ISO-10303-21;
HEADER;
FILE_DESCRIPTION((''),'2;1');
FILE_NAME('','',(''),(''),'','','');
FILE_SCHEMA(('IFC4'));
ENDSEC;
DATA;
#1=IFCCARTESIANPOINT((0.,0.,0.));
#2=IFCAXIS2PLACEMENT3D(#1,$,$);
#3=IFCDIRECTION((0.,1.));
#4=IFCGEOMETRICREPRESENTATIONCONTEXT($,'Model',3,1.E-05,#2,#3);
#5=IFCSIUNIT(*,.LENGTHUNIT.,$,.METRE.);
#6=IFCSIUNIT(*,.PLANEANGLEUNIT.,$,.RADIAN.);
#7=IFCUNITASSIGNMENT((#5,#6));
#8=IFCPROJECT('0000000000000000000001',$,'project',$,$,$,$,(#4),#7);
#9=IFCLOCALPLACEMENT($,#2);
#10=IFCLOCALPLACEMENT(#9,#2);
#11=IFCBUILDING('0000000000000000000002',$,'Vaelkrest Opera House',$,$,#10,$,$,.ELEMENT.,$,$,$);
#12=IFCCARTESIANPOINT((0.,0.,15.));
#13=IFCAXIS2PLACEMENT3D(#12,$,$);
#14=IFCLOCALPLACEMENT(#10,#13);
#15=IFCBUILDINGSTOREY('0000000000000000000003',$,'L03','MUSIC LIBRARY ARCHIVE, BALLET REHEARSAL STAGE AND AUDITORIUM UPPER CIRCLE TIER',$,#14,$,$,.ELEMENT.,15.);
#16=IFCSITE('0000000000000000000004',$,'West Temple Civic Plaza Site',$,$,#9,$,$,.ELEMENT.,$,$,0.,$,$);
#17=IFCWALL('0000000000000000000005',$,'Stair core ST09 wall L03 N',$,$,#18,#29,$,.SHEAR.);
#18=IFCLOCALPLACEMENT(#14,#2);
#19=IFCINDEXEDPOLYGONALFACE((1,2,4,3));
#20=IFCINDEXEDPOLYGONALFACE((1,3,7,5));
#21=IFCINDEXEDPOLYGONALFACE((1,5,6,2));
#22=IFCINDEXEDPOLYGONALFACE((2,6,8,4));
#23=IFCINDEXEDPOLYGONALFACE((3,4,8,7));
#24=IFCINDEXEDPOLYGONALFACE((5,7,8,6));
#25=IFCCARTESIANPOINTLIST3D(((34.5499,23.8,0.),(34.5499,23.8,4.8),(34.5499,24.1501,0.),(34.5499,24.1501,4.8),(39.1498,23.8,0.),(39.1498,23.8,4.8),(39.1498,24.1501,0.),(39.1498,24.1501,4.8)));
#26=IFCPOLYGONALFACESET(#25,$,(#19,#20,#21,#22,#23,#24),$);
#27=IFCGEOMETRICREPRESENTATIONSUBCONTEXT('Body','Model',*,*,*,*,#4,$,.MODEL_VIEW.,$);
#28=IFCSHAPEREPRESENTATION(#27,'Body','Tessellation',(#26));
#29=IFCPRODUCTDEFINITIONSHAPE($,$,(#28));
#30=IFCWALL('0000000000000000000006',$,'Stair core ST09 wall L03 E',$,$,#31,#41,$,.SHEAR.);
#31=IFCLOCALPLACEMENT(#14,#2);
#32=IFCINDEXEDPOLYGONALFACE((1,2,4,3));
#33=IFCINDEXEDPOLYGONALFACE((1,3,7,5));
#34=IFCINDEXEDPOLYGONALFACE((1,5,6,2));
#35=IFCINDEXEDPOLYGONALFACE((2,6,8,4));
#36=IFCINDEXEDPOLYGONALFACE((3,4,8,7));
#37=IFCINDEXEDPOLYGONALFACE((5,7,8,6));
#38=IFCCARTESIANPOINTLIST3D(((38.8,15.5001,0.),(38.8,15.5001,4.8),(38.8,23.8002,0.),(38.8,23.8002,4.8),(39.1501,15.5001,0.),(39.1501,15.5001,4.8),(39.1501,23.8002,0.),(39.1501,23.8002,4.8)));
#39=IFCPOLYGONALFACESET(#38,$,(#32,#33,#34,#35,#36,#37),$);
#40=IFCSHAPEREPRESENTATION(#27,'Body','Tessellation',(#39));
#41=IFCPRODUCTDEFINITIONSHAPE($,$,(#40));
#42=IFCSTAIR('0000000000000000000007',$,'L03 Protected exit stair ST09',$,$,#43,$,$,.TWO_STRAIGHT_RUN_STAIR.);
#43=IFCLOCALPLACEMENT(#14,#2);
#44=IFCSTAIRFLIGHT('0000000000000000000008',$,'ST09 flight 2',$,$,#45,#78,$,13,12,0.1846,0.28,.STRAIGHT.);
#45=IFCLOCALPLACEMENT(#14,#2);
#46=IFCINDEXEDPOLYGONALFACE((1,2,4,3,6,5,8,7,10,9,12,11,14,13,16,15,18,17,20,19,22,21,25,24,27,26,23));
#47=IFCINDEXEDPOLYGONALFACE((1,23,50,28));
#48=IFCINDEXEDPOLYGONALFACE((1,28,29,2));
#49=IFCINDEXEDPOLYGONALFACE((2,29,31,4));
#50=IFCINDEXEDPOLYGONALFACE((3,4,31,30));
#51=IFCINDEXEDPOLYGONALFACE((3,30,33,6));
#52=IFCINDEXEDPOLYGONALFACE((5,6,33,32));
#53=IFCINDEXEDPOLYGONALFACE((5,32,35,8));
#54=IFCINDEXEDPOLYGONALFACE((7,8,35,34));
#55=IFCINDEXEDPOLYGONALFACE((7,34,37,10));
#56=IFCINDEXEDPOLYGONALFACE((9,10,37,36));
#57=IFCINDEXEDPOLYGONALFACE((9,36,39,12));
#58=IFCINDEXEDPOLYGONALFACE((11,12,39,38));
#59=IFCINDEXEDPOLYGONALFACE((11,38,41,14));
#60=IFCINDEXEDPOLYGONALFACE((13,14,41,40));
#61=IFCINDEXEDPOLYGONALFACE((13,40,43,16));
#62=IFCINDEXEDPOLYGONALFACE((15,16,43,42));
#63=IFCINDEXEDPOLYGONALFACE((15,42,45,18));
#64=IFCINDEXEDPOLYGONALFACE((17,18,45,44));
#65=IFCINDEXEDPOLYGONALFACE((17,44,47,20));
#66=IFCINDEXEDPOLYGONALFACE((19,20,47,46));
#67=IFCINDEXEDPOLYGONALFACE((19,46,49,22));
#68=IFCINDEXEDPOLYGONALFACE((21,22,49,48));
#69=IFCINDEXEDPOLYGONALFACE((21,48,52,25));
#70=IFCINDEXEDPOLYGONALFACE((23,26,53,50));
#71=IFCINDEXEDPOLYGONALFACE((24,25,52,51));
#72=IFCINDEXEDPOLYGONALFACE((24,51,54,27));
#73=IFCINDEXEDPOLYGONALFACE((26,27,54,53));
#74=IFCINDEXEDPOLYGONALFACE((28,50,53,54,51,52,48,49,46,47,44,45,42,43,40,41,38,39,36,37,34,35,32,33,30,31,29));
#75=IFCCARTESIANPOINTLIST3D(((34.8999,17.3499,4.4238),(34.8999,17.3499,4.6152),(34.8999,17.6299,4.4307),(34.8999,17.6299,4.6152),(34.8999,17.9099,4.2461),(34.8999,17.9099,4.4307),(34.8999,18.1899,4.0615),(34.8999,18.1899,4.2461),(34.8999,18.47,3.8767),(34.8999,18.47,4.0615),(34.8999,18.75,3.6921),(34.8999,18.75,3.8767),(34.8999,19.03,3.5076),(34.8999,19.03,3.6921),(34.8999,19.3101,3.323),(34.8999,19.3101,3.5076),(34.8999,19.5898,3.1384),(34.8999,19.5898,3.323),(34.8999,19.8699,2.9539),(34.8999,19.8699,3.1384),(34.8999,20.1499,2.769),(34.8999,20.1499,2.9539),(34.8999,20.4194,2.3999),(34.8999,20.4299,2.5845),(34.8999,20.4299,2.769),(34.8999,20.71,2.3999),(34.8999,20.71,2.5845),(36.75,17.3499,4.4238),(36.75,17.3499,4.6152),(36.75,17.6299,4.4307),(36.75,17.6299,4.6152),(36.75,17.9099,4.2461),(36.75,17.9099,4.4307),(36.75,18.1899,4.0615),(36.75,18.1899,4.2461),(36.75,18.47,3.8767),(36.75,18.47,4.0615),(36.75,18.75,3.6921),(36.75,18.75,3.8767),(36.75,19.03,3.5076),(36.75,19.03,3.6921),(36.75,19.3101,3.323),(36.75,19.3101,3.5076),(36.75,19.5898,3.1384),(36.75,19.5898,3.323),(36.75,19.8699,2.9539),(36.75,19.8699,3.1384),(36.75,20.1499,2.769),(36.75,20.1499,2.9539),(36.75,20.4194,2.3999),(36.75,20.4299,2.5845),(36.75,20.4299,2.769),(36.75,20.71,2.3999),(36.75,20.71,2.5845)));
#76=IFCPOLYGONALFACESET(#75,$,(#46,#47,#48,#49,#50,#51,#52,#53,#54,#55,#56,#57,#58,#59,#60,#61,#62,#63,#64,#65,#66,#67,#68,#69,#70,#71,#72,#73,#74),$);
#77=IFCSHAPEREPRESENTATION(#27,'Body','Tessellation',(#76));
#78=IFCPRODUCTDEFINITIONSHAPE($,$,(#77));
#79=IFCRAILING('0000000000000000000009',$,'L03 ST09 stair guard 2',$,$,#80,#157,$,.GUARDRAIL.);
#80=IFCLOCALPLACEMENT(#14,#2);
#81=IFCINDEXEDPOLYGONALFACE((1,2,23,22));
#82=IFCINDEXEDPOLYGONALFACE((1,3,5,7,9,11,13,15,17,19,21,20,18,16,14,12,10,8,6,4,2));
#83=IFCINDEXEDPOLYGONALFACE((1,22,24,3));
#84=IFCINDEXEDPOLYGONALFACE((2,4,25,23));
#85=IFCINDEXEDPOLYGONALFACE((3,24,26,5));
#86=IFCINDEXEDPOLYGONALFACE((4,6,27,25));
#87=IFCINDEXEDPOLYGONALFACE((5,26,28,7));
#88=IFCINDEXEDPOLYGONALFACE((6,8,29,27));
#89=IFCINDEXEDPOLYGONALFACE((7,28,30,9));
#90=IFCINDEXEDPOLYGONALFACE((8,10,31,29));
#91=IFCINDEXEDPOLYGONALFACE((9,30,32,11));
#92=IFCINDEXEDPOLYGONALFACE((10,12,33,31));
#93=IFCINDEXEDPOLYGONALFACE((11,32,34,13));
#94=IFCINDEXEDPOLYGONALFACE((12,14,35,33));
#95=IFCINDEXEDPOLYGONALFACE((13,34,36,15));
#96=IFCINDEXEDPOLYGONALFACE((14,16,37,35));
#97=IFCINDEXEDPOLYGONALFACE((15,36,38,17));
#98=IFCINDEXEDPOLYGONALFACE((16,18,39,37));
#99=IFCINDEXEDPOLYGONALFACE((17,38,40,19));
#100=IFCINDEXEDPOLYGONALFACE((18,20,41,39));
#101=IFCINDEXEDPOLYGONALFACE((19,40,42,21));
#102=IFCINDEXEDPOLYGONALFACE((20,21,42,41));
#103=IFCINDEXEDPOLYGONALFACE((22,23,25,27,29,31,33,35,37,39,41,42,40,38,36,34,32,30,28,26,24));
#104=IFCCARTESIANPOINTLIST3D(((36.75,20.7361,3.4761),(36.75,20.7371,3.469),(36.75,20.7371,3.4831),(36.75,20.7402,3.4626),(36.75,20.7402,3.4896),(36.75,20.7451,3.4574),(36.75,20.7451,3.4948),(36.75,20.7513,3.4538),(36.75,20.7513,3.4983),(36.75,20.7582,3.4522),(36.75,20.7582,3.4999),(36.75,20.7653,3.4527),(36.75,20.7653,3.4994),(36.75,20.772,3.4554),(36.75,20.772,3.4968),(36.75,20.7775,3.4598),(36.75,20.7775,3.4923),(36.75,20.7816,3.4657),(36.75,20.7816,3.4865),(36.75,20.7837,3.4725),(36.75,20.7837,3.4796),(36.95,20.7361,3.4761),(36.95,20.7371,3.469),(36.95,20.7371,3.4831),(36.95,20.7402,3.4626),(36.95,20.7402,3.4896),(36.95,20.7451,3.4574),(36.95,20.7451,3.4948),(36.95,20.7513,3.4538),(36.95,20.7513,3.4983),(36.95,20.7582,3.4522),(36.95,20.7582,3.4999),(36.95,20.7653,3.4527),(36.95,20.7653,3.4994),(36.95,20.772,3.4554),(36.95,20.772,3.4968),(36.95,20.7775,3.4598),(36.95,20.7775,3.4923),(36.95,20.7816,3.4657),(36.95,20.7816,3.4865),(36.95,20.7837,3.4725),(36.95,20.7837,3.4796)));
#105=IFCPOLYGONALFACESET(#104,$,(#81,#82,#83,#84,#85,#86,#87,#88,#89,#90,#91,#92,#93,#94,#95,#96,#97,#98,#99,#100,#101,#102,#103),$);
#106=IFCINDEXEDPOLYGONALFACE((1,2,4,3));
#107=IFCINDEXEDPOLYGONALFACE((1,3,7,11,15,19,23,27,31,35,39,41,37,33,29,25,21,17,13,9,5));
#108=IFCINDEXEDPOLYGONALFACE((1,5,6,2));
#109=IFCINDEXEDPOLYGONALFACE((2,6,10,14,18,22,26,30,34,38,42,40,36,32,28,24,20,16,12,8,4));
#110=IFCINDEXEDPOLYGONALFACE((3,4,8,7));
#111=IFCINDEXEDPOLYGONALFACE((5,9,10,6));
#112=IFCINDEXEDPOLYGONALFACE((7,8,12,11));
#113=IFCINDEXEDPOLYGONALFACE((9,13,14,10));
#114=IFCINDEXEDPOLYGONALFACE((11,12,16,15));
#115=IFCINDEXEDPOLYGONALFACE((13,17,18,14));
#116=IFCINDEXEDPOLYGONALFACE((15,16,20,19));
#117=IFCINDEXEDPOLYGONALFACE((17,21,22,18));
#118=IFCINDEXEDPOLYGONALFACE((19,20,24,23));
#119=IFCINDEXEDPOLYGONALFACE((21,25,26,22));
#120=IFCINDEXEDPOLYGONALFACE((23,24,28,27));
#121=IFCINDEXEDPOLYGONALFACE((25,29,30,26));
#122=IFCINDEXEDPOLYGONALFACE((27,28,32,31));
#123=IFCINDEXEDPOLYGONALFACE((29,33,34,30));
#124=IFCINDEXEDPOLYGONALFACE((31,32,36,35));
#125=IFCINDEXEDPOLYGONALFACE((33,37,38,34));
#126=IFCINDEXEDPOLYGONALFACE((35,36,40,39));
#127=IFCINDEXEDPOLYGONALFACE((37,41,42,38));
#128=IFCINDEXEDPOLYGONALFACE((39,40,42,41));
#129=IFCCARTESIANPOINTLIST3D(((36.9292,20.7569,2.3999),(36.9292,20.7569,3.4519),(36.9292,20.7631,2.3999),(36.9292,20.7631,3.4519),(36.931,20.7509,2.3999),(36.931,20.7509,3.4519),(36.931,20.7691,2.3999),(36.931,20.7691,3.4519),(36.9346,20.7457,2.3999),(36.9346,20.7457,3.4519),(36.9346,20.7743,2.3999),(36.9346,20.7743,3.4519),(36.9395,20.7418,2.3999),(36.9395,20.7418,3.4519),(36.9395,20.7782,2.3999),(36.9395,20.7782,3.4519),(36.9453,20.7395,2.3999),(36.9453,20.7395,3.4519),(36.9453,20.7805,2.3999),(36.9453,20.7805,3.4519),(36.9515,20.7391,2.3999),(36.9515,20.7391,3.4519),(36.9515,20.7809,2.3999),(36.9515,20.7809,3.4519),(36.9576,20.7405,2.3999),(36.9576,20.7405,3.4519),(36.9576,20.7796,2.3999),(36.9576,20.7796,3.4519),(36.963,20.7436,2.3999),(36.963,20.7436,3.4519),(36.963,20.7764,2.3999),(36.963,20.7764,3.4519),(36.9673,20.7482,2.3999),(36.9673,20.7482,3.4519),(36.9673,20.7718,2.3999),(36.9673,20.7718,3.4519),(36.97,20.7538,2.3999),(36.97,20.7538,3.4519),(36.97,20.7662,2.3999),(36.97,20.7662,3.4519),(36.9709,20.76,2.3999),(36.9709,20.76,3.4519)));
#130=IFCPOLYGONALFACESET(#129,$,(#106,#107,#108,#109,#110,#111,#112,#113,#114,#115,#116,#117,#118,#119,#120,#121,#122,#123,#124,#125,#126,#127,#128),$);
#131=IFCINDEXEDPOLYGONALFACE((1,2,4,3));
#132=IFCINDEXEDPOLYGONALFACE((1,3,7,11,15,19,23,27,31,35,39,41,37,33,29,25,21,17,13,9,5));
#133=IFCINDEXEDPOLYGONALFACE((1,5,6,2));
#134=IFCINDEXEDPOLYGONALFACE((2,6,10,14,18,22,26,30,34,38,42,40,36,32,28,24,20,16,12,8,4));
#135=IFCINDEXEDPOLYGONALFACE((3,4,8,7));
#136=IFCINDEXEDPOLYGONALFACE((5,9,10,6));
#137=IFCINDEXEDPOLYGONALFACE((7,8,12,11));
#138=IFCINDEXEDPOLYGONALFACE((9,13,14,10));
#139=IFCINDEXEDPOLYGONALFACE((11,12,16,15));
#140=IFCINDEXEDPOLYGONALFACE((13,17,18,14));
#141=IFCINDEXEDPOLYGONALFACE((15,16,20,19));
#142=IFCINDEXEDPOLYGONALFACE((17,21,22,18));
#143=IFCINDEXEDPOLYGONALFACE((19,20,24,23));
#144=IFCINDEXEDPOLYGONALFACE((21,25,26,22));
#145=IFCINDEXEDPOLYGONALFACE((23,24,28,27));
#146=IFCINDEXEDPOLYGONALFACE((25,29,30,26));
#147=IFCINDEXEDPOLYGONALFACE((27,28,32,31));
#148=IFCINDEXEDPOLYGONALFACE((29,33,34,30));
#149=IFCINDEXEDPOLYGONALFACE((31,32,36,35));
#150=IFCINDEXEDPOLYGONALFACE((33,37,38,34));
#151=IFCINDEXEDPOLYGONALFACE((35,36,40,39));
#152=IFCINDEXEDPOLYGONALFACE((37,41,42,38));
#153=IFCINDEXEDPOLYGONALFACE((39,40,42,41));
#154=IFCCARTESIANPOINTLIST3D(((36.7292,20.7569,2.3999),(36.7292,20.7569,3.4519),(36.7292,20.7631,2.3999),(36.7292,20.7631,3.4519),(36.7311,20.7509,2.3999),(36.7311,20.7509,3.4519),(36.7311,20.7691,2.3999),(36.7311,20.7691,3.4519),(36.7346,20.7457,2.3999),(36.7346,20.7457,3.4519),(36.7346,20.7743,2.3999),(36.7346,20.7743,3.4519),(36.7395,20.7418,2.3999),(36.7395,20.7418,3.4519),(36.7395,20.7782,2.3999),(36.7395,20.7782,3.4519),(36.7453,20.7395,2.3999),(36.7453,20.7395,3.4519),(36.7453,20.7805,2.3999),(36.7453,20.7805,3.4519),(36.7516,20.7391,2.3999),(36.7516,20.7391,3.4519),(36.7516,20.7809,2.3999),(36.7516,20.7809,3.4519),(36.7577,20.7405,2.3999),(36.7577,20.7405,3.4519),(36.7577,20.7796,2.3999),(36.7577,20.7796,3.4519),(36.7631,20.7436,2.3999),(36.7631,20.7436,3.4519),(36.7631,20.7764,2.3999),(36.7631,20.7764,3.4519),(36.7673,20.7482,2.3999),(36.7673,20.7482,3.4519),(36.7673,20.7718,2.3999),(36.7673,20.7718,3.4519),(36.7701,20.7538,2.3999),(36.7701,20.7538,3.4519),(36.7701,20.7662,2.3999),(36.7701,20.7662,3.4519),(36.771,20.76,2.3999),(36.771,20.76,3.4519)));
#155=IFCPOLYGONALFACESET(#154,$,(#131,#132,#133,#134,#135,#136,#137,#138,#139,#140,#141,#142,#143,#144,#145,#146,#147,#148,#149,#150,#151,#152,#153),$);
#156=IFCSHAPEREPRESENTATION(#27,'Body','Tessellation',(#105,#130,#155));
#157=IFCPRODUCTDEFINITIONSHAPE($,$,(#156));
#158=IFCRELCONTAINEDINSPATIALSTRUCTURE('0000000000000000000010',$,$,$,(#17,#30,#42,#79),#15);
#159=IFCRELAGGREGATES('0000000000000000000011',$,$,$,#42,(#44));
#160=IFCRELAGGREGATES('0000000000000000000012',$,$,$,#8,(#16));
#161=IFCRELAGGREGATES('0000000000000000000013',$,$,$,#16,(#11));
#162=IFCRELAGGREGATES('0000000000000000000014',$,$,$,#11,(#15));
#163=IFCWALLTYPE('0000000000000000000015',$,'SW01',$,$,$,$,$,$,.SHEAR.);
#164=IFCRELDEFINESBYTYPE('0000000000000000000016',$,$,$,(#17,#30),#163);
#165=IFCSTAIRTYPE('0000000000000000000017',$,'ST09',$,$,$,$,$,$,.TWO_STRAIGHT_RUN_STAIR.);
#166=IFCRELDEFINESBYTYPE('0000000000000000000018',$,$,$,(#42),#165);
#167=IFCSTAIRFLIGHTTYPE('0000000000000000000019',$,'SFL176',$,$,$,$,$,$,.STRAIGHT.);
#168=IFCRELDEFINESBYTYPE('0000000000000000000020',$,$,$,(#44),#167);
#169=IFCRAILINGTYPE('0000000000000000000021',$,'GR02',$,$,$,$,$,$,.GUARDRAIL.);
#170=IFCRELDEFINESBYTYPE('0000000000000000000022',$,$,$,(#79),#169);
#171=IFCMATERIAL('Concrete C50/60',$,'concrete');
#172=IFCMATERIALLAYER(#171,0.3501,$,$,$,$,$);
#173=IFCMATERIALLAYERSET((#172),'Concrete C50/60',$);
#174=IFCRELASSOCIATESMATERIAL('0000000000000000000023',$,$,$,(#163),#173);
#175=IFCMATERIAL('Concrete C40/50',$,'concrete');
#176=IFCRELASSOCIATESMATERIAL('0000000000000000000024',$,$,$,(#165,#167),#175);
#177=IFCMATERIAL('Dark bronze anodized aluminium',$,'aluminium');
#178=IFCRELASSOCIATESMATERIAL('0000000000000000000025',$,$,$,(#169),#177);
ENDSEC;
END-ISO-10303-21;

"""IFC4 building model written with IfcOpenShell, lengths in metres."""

from ifc_helpers import new_model, si_unit, direction, frame, frame_2d, origin, origin_2d, place, context, subcontext, project, spatial, polyline, rectangle, circle, outline, extrude, material, layer, layer_set, type_object, element, aggregate, save


model = new_model("IFC4")

# Units and contexts
model_context = context("Model", 3, precision=1e-05, world=origin(), true_north=direction((0.0, 1.0)))
body_context = subcontext(model_context, "Body", "Model", "MODEL_VIEW")
ifc_project = project(units=[si_unit("LENGTHUNIT", "METRE"), si_unit("PLANEANGLEUNIT", "RADIAN")], contexts=[model_context])

# Site, building, storey
site_placement = place(None, origin())
site = spatial("IfcSite", under=ifc_project, at=site_placement, Name="West Temple Civic Plaza Site", CompositionType="ELEMENT", RefElevation=0.0)
building_placement = place(site_placement, origin())
building = spatial("IfcBuilding", under=site, at=building_placement, Name="Vaelkrest Opera House", CompositionType="ELEMENT")
storey_placement = place(building_placement, frame((0.0, 0.0, 15.0)))
storey = spatial("IfcBuildingStorey", under=building, at=storey_placement, Name="L03", Description="MUSIC LIBRARY ARCHIVE, BALLET REHEARSAL STAGE AND AUDITORIUM UPPER CIRCLE TIER", CompositionType="ELEMENT", Elevation=15.0)

# Shared definitions
ifc_material_1 = material(Name="Concrete C50/60", Category="concrete")

# Walls
ifc_layer_1 = layer(ifc_material_1, 0.3501)
ifc_layer_set_1 = layer_set([ifc_layer_1], Name="Concrete C50/60")
wall_type_1 = type_object("IfcWallType", Name="SW01", PredefinedType="SHEAR", material=ifc_layer_set_1)
wall_1_placement = place(storey_placement, frame((34.55, 23.9751, 0.0), z_axis=(0.0, 0.0, 1.0), x_axis=(1.0, 0.0, 0.0)))
element("IfcWall", 1, at=wall_1_placement, inside=storey, type_object=wall_type_1, Name="Stair core ST09 wall L03 N", PredefinedType="SHEAR", context=body_context, shape_type="SweptSolid", body=[
    extrude(rectangle(XDim=4.5999, YDim=0.3501, at=frame_2d((2.2998, 0.0))), origin(), (0.0, 0.0, 1.0), 4.8),
])
wall_2_placement = place(storey_placement, frame((38.9751, 23.8, 0.0), z_axis=(0.0, 0.0, 1.0), x_axis=(0.0, -1.0, 0.0)))
element("IfcWall", 2, at=wall_2_placement, inside=storey, type_object=wall_type_1, Name="Stair core ST09 wall L03 E", PredefinedType="SHEAR", context=body_context, shape_type="SweptSolid", body=[
    extrude(rectangle(XDim=8.3, YDim=0.3501, at=frame_2d((4.1499, 0.0))), origin(), (0.0, 0.0, 1.0), 4.8),
])

# Stair, stair flight
ifc_material_2 = material(Name="Concrete C40/50", Category="concrete")
stair_type = type_object("IfcStairType", Name="ST09", PredefinedType="TWO_STRAIGHT_RUN_STAIR", material=ifc_material_2)
stair_placement = place(storey_placement, origin())
stair = element("IfcStair", 3, at=stair_placement, inside=storey, type_object=stair_type, Name="L03 Protected exit stair ST09", PredefinedType="TWO_STRAIGHT_RUN_STAIR")
stair_flight_type = type_object("IfcStairFlightType", Name="SFL176", PredefinedType="STRAIGHT", material=ifc_material_2)
stair_flight_placement = place(storey_placement, frame((35.825, 20.71, 2.3999), z_axis=(0.0, 0.0, 1.0), x_axis=(0.0, -1.0, 0.0)))
stair_flight = element("IfcStairFlight", 4, at=stair_flight_placement, type_object=stair_flight_type, Name="ST09 flight 2", NumberOfRisers=13, NumberOfTreads=12, PredefinedType="STRAIGHT", RiserHeight=0.1846, TreadLength=0.28, context=body_context, shape_type="SweptSolid", body=[
    extrude(outline(polyline([(0.0, 0.0), (0.0, 0.1846), (0.28, 0.1846), (0.28, 0.3691), (0.5601, 0.3691), (0.5601, 0.554), (0.8401, 0.554), (0.8401, 0.7385), (1.1201, 0.7385), (1.1201, 0.9231), (1.3999, 0.9231), (1.3999, 1.1077), (1.6799, 1.1077), (1.6799, 1.2922), (1.96, 1.2922), (1.96, 1.4768), (2.24, 1.4768), (2.24, 1.6616), (2.52, 1.6616), (2.52, 1.8462), (2.8, 1.8462), (2.8, 2.0308), (3.0801, 2.0308), (3.0801, 2.2153), (3.3601, 2.2153), (3.3601, 2.3999), (3.3601, 2.0239), (0.2905, 0.0), (0.0, 0.0)])), frame((0.0, 0.925, 0.0), z_axis=(0.0, -1.0, 0.0), x_axis=(1.0, 0.0, 0.0)), (0.0, 0.0, 1.0), 1.8501),
])
aggregate(stair, [stair_flight])

# Railing
ifc_material_3 = material(Name="Dark bronze anodized aluminium", Category="aluminium")
railing_type_1 = type_object("IfcRailingType", Name="GR02", PredefinedType="GUARDRAIL", material=ifc_material_3)
railing_1_placement = place(storey_placement, frame((36.95, 20.76, 2.3999)))
element("IfcRailing", 5, at=railing_1_placement, inside=storey, type_object=railing_type_1, Name="L03 ST09 stair guard 2", PredefinedType="GUARDRAIL", context=body_context, shape_type="SweptSolid", body=[
    extrude(circle(Radius=0.0239, at=origin_2d()), frame((0.0, 0.0, 1.0762), z_axis=(-1.0, 0.0, 0.0), x_axis=(0.0, -1.0, 0.0)), (0.0, 0.0, 1.0), 0.2),
    extrude(circle(Radius=0.021, at=origin_2d()), origin(), (0.0, 0.0, 1.0), 1.052),
    extrude(circle(Radius=0.021, at=origin_2d()), frame((-0.2, 0.0, 0.0)), (0.0, 0.0, 1.0), 1.052),
])

save(model, "model.ifc")
